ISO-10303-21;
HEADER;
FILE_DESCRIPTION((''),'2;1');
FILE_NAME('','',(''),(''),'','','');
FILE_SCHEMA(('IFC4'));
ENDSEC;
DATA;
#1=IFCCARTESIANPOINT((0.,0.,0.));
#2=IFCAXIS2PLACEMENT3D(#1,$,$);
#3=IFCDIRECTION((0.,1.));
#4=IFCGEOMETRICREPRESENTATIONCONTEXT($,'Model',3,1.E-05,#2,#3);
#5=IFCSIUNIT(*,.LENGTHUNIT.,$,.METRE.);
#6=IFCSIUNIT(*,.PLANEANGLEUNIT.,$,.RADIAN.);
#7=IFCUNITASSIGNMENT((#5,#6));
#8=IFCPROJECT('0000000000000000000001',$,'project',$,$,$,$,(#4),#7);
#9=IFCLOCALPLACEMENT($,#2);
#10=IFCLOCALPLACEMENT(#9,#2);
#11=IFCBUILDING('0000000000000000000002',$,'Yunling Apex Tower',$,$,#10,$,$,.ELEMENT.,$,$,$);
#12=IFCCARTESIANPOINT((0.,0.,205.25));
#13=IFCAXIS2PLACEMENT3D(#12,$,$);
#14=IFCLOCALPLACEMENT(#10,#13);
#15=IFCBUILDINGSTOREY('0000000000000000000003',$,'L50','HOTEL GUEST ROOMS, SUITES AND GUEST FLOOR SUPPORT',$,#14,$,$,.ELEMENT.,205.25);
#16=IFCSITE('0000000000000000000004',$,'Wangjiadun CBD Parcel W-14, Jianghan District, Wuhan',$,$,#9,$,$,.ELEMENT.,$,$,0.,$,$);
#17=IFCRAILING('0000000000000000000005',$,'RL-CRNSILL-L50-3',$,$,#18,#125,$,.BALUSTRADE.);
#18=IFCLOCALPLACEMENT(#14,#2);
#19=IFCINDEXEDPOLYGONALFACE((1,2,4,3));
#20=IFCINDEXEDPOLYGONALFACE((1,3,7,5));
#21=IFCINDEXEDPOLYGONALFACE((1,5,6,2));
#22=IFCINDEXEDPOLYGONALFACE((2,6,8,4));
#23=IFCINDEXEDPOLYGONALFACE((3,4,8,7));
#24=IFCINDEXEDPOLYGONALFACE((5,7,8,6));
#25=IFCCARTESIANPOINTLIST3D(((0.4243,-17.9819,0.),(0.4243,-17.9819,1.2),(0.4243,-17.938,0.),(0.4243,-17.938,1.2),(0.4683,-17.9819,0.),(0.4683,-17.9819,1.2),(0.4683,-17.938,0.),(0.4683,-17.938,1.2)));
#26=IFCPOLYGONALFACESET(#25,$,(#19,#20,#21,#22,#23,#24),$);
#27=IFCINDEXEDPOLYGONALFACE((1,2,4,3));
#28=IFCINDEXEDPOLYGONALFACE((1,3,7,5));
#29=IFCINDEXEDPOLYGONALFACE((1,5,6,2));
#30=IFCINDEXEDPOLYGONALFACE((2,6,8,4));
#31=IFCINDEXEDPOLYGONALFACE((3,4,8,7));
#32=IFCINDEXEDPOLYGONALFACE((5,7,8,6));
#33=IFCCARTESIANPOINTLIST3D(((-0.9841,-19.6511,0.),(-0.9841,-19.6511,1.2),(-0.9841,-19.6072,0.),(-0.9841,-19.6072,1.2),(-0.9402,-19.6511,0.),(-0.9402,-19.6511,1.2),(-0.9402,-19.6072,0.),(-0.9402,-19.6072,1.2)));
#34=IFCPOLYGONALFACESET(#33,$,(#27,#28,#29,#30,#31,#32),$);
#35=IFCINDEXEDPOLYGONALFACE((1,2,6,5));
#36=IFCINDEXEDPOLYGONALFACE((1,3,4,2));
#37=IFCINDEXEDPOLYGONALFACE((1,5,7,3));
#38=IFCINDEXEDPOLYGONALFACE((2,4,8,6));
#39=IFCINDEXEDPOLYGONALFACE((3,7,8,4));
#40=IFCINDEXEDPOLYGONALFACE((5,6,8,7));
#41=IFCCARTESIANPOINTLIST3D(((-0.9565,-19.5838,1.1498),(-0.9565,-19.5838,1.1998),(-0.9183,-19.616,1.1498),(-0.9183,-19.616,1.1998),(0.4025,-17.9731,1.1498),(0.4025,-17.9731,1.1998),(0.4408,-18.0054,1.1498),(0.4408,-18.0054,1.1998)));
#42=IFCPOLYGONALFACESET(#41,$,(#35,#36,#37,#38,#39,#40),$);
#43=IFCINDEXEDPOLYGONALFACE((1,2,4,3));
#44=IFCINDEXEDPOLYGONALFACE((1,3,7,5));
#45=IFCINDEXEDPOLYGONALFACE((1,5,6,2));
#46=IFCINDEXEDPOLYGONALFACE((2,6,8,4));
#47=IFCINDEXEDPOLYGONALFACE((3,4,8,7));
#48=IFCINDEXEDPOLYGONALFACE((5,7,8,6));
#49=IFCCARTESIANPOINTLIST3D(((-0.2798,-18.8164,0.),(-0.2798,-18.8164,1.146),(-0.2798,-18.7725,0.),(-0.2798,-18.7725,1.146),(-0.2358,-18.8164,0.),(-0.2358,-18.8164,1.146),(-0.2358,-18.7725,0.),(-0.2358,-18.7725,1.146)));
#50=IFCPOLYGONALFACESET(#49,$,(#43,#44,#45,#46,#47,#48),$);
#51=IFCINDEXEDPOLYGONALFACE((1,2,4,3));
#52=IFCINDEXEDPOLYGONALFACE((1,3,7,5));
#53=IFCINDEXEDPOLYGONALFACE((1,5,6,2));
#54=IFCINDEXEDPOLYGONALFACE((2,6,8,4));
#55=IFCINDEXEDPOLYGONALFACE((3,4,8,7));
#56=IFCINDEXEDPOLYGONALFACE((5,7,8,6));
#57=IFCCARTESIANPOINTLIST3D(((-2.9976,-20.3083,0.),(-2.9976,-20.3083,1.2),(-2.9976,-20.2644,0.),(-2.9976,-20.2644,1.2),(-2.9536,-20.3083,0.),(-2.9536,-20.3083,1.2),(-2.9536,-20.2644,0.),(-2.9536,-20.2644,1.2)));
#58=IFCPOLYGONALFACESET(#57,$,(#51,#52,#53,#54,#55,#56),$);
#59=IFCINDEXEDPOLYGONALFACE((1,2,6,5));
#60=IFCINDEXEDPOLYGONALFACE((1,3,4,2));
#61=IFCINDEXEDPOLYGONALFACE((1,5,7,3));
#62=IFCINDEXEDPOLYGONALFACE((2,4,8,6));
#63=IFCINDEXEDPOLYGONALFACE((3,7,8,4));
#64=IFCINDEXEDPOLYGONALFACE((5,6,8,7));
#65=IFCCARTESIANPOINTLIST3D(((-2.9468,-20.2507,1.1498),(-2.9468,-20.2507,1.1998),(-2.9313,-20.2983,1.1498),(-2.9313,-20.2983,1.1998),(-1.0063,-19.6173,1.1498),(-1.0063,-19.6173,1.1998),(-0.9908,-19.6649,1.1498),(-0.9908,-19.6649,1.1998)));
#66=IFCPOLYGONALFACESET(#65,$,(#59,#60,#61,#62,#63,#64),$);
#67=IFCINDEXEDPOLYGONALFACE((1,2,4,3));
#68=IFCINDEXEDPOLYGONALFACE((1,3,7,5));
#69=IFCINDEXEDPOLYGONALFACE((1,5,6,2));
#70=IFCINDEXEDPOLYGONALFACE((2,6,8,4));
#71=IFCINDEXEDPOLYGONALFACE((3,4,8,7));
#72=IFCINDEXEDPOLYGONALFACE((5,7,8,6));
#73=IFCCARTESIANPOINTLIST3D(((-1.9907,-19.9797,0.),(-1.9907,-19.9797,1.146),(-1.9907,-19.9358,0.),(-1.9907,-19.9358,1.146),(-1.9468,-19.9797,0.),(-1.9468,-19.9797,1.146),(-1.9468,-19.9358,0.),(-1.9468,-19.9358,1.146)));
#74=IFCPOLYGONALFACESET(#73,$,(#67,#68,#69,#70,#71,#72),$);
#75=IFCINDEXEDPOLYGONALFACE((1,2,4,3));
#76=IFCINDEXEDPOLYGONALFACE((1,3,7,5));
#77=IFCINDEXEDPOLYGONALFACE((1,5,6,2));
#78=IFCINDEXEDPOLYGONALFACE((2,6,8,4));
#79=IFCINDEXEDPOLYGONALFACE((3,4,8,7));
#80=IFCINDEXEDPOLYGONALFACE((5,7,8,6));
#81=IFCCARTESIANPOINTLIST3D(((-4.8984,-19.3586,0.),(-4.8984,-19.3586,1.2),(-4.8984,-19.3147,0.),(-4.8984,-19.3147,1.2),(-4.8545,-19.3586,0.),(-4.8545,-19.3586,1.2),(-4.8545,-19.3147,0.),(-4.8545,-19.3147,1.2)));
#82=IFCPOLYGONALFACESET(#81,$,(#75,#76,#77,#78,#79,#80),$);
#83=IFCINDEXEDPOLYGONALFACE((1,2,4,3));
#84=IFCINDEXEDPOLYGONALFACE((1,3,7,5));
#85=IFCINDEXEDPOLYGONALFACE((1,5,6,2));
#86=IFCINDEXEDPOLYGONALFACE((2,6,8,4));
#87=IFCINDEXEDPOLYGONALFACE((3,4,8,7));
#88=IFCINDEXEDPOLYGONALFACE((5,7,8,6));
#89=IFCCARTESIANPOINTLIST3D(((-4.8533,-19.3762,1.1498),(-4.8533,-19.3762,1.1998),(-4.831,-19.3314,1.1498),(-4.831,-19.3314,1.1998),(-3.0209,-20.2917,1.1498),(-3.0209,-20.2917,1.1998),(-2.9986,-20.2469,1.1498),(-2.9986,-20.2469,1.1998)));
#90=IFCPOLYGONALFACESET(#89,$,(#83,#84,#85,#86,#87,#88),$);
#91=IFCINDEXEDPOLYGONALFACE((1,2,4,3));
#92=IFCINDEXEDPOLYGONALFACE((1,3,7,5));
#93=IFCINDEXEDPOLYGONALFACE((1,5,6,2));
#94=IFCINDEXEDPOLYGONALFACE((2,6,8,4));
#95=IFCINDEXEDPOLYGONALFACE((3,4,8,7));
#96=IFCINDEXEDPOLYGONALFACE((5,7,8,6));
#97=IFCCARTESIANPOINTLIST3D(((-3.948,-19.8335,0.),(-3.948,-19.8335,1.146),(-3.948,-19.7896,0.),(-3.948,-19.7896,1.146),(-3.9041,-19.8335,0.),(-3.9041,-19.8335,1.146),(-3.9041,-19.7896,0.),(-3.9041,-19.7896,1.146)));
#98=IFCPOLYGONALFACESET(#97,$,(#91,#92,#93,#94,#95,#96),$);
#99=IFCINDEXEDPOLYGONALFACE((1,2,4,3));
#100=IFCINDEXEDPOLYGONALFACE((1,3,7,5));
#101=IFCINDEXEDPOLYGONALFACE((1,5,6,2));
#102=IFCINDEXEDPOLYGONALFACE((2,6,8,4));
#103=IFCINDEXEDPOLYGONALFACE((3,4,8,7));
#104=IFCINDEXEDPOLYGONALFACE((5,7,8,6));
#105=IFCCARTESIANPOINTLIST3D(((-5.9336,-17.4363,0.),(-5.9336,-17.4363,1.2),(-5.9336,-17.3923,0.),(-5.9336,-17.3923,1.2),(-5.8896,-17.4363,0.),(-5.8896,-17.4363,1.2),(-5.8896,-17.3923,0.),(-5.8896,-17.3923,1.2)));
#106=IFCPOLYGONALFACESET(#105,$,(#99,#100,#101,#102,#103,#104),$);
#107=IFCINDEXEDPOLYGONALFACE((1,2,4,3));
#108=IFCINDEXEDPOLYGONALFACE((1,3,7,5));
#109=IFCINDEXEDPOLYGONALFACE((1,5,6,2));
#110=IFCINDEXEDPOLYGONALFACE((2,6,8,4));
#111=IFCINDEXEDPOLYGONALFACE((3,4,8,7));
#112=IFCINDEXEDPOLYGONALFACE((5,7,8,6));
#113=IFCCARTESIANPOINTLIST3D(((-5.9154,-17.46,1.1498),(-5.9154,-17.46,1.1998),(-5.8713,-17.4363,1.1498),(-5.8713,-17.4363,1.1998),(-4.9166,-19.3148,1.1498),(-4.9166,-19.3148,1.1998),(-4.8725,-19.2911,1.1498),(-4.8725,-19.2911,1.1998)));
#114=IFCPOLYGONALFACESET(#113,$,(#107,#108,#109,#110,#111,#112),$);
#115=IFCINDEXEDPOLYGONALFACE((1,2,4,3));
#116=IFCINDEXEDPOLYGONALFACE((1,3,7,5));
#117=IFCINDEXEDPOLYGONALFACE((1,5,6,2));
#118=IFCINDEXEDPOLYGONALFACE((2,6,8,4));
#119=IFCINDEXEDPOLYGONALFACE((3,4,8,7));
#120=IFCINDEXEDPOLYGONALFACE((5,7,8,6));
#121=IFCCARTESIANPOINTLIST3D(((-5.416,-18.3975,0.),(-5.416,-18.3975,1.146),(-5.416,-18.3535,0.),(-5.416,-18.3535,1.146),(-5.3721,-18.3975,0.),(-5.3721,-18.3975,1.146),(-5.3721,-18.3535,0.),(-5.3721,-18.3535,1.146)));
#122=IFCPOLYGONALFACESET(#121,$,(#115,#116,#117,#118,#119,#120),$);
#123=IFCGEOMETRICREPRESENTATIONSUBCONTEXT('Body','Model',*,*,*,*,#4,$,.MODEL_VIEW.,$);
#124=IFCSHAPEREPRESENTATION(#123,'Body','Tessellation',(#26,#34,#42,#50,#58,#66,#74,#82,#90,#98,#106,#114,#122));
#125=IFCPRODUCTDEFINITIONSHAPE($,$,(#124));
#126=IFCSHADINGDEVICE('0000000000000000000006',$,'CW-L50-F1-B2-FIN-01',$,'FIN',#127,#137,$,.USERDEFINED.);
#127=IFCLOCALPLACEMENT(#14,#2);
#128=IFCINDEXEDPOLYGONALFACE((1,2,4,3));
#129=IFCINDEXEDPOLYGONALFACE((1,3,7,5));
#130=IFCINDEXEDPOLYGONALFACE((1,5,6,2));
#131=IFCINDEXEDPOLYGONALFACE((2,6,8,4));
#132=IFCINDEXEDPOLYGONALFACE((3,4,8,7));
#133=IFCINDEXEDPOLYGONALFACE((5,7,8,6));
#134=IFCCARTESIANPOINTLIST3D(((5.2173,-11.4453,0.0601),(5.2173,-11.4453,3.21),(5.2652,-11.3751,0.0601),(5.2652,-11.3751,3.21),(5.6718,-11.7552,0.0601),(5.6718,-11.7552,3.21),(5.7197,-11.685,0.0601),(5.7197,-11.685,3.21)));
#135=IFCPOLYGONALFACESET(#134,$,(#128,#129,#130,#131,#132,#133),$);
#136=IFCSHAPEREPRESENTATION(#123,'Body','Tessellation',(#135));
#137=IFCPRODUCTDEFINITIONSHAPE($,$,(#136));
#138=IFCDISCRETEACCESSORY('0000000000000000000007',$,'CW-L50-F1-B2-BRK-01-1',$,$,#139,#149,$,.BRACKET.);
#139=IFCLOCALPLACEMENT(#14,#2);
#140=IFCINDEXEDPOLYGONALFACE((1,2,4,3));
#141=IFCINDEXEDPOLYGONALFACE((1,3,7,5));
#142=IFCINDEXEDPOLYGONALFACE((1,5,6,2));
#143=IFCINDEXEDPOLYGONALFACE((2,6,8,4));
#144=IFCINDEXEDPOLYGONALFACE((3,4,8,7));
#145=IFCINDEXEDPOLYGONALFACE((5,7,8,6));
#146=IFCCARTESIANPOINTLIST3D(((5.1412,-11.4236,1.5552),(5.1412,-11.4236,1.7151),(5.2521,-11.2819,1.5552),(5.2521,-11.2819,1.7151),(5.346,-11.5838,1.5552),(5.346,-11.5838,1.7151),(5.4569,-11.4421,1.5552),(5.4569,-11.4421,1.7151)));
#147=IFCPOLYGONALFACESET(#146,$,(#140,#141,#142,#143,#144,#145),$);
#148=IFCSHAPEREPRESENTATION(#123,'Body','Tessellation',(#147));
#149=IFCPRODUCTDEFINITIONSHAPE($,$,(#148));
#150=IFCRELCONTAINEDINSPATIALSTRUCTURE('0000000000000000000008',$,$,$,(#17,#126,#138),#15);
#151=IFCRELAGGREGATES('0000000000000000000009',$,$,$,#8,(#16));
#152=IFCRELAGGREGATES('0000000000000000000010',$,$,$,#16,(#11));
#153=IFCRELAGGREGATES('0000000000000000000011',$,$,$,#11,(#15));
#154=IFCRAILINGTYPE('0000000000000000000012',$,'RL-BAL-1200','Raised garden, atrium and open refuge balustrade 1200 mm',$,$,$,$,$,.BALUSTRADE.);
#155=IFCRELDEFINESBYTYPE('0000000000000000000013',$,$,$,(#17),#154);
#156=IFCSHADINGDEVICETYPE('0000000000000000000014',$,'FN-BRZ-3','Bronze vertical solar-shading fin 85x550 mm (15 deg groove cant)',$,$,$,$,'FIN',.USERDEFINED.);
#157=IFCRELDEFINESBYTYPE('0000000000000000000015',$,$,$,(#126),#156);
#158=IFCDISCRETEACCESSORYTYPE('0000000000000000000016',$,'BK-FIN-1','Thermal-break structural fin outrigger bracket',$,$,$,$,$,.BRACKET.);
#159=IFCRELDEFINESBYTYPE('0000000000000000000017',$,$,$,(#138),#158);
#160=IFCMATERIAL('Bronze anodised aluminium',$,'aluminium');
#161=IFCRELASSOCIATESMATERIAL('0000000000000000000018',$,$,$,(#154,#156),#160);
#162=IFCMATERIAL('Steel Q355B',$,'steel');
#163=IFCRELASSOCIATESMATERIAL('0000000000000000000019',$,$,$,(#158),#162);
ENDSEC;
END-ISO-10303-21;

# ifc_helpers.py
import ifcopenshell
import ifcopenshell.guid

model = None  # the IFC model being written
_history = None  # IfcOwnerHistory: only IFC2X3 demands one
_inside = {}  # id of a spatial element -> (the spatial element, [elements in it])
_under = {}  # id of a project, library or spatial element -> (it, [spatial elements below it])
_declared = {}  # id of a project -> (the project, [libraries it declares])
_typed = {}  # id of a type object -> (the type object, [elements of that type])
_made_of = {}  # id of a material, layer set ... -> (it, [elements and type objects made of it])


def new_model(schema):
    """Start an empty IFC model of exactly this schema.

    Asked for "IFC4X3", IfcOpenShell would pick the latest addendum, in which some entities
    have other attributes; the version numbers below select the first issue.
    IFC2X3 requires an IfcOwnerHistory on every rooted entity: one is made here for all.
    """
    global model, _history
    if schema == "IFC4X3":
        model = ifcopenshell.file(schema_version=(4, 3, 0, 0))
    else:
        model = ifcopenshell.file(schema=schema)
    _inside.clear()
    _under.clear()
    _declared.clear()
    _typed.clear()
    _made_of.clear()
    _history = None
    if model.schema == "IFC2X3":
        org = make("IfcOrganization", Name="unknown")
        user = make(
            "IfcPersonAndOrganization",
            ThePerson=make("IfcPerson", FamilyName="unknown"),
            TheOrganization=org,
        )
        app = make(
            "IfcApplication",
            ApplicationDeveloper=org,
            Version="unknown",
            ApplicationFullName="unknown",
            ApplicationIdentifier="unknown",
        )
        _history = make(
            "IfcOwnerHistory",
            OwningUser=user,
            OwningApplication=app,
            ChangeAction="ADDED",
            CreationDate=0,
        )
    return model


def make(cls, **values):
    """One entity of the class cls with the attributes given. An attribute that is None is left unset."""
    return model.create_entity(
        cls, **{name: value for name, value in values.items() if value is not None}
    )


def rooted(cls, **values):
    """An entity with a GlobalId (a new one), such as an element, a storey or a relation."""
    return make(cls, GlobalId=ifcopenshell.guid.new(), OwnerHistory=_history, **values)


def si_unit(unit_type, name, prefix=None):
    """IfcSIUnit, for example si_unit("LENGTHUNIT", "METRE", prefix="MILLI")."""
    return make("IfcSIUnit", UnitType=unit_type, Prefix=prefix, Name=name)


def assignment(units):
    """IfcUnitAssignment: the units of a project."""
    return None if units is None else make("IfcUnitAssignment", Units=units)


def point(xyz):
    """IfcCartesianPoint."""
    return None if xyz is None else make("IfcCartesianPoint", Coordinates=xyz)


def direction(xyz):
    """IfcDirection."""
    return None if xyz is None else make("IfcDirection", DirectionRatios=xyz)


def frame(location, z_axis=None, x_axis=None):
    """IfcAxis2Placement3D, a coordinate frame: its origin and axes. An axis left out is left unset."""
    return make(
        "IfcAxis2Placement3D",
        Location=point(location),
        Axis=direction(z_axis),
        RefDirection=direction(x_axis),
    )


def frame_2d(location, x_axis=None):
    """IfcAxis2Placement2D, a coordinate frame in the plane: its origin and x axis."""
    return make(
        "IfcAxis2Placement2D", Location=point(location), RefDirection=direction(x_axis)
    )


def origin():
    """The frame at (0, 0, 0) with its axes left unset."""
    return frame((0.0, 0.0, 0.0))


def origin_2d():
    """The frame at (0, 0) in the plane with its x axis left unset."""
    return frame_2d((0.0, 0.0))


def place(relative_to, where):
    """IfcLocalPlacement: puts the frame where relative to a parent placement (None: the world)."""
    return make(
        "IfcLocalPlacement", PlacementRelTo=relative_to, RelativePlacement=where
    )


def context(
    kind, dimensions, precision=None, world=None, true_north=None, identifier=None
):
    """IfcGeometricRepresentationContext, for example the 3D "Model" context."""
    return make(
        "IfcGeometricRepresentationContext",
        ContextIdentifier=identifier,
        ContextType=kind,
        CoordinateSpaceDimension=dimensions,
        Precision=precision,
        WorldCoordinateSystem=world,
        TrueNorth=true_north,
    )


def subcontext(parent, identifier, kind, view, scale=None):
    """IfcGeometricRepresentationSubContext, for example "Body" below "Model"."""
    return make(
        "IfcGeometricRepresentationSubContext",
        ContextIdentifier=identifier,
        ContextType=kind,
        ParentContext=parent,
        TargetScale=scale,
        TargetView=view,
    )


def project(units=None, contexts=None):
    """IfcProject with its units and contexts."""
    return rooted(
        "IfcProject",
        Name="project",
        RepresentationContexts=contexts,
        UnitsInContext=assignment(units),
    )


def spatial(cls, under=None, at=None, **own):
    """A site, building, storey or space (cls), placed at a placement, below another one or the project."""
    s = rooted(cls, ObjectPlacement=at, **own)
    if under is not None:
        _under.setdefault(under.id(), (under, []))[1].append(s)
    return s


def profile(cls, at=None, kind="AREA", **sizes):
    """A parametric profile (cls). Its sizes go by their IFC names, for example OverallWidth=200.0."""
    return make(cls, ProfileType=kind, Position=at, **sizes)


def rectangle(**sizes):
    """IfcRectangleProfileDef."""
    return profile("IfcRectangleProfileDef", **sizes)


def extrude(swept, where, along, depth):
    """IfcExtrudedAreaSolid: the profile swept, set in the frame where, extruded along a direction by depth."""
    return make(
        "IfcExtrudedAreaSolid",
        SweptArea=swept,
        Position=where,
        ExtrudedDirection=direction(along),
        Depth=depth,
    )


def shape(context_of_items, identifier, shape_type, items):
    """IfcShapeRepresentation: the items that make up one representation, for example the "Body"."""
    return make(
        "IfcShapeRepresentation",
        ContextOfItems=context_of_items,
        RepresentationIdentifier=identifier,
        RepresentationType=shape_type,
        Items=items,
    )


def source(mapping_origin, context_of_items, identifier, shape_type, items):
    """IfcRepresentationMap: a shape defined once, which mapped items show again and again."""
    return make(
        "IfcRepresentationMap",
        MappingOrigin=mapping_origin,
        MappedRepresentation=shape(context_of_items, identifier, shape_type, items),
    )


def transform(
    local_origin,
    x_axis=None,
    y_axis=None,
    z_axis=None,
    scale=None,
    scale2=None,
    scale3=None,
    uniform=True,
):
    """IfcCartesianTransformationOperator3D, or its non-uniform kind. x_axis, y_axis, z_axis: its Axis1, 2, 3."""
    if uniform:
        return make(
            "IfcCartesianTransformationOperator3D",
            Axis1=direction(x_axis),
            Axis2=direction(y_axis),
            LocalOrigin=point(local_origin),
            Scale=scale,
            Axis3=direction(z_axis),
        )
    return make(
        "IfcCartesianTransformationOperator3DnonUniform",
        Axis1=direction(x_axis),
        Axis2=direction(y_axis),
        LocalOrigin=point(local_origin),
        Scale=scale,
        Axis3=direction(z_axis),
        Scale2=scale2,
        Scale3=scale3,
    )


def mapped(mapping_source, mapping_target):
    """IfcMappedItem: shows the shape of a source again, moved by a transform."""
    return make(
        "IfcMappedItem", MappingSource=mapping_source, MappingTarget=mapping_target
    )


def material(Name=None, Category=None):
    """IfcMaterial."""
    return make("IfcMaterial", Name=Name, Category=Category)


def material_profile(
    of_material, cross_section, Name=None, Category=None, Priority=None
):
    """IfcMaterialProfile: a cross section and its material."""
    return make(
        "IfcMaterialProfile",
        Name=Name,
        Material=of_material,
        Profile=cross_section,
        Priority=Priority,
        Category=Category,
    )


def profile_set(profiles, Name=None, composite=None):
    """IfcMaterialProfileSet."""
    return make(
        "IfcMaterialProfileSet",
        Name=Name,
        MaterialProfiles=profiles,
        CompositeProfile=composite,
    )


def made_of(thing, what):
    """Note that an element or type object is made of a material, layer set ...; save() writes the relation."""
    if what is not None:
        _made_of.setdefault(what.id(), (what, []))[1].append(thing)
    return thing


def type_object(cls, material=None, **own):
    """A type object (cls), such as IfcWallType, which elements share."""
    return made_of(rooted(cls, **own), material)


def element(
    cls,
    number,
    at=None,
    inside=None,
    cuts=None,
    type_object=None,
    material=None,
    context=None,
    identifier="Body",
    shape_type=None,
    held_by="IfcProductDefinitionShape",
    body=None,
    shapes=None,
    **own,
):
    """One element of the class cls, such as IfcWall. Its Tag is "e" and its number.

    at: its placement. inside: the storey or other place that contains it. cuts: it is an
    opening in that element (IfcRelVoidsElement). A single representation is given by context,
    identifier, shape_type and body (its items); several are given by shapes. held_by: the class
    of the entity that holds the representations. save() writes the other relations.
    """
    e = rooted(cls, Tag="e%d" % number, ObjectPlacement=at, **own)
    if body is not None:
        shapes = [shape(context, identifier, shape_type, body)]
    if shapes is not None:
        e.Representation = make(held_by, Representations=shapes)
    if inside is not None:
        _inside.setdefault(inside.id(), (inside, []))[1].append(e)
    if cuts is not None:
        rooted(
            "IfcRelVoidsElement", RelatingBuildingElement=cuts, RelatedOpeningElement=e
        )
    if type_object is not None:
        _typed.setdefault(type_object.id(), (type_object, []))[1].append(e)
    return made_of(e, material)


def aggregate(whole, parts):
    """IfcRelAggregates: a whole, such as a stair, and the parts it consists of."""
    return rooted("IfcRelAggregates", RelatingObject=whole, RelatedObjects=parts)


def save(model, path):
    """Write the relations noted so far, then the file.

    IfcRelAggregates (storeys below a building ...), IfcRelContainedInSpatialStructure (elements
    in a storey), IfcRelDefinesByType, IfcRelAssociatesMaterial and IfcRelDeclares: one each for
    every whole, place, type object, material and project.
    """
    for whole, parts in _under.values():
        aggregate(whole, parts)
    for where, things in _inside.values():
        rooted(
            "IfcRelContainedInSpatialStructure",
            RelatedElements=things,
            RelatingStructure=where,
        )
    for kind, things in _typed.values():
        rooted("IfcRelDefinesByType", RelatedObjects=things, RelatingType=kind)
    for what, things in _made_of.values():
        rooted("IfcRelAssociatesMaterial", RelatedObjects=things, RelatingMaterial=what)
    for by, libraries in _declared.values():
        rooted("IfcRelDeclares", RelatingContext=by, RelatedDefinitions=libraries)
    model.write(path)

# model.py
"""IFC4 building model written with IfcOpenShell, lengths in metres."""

from ifc_helpers import new_model, si_unit, direction, frame, origin, origin_2d, place, context, subcontext, project, spatial, rectangle, extrude, source, transform, mapped, material, material_profile, profile_set, type_object, element, save


model = new_model("IFC4")

# Units and contexts
model_context = context("Model", 3, precision=1e-05, world=origin(), true_north=direction((0.0, 1.0)))
body_context = subcontext(model_context, "Body", "Model", "MODEL_VIEW")
ifc_project = project(units=[si_unit("LENGTHUNIT", "METRE"), si_unit("PLANEANGLEUNIT", "RADIAN")], contexts=[model_context])

# Site, building, storey
site_placement = place(None, origin())
site = spatial("IfcSite", under=ifc_project, at=site_placement, Name="Wangjiadun CBD Parcel W-14, Jianghan District, Wuhan", CompositionType="ELEMENT", RefElevation=0.0)
building_placement = place(site_placement, origin())
building = spatial("IfcBuilding", under=site, at=building_placement, Name="Yunling Apex Tower", CompositionType="ELEMENT")
storey_placement = place(building_placement, frame((0.0, 0.0, 205.25)))
storey = spatial("IfcBuildingStorey", under=building, at=storey_placement, Name="L50", Description="HOTEL GUEST ROOMS, SUITES AND GUEST FLOOR SUPPORT", CompositionType="ELEMENT", Elevation=205.25)

# Shared definitions
ifc_material_1 = material(Name="Steel Q355B", Category="steel")

# Shared definitions
ifc_material_2 = material(Name="Bronze anodised aluminium", Category="aluminium")

# Railing
railing_type = type_object("IfcRailingType", Name="RL-BAL-1200", Description="Raised garden, atrium and open refuge balustrade 1200 mm", PredefinedType="BALUSTRADE", material=ifc_material_2)
railing_placement = place(storey_placement, frame((0.4463, -17.96, 0.0)))
element("IfcRailing", 1, at=railing_placement, inside=storey, type_object=railing_type, Name="RL-CRNSILL-L50-3", PredefinedType="BALUSTRADE", context=body_context, shape_type="SweptSolid", body=[
    extrude(rectangle(XDim=0.0439, YDim=0.0439, at=origin_2d()), origin(), (0.0, 0.0, 1.0), 1.2),
    extrude(rectangle(XDim=0.0439, YDim=0.0439, at=origin_2d()), frame((-1.4084, -1.6692, 0.0)), (0.0, 0.0, 1.0), 1.2),
    extrude(rectangle(XDim=0.05, YDim=0.05, at=origin_2d()), frame((-0.0247, -0.0293, 1.1748), z_axis=(-0.644889, -0.764276, 0.0), x_axis=(0.764276, -0.644889, 0.0)), (0.0, 0.0, 1.0), 2.1074),
    extrude(rectangle(XDim=0.0439, YDim=0.0439, at=origin_2d()), frame((-0.7041, -0.8345, 0.0)), (0.0, 0.0, 1.0), 1.146),
    extrude(rectangle(XDim=0.0439, YDim=0.0439, at=origin_2d()), frame((-3.4219, -2.3264, 0.0)), (0.0, 0.0, 1.0), 1.2),
    extrude(rectangle(XDim=0.05, YDim=0.05, at=origin_2d()), frame((-1.4448, -1.6812, 1.1748), z_axis=(-0.950636, -0.310308, 0.0), x_axis=(0.310308, -0.950636, 0.0)), (0.0, 0.0, 1.0), 2.0413),
    extrude(rectangle(XDim=0.0439, YDim=0.0439, at=origin_2d()), frame((-2.415, -1.9978, 0.0)), (0.0, 0.0, 1.0), 1.146),
    extrude(rectangle(XDim=0.0439, YDim=0.0439, at=origin_2d()), frame((-5.3228, -1.3767, 0.0)), (0.0, 0.0, 1.0), 1.2),
    extrude(rectangle(XDim=0.05, YDim=0.05, at=origin_2d()), frame((-3.4561, -2.3093, 1.1748), z_axis=(-0.894565, 0.446938, 0.0), x_axis=(-0.446938, -0.894565, 0.0)), (0.0, 0.0, 1.0), 2.0483),
    extrude(rectangle(XDim=0.0439, YDim=0.0439, at=origin_2d()), frame((-4.3723, -1.8516, 0.0)), (0.0, 0.0, 1.0), 1.146),
    extrude(rectangle(XDim=0.0439, YDim=0.0439, at=origin_2d()), frame((-6.3579, 0.5457, 0.0)), (0.0, 0.0, 1.0), 1.2),
    extrude(rectangle(XDim=0.05, YDim=0.05, at=origin_2d()), frame((-5.3408, -1.343, 1.1748), z_axis=(-0.474113, 0.880464, 0.0), x_axis=(-0.880464, -0.474113, 0.0)), (0.0, 0.0, 1.0), 2.1067),
    extrude(rectangle(XDim=0.0439, YDim=0.0439, at=origin_2d()), frame((-5.8403, -0.4155, 0.0)), (0.0, 0.0, 1.0), 1.146),
])

# Shading device
ifc_material_profile_1 = material_profile(ifc_material_2, rectangle(XDim=0.085, YDim=0.55, at=origin_2d()))
ifc_profile_set_1 = profile_set([ifc_material_profile_1], Name="Bronze anodised aluminium")
shading_device_type = type_object("IfcShadingDeviceType", Name="FN-BRZ-3", Description="Bronze vertical solar-shading fin 85x550 mm (15 deg groove cant)", ElementType="FIN", PredefinedType="USERDEFINED", material=ifc_profile_set_1)
shared_shape_1 = source(origin(), body_context, "Body", "SweptSolid", [
    extrude(rectangle(XDim=0.085, YDim=0.55, at=origin_2d()), origin(), (0.0, 0.0, 1.0), 3.1499),
])
shading_device_placement = place(storey_placement, frame((5.4685, -11.5652, 0.0601), z_axis=(0.0, 0.0, 1.0), x_axis=(0.563382, 0.826197, 0.0)))
element("IfcShadingDevice", 2, at=shading_device_placement, inside=storey, type_object=shading_device_type, Name="CW-L50-F1-B2-FIN-01", ObjectType="FIN", PredefinedType="USERDEFINED", context=body_context, shape_type="MappedRepresentation", body=[
    mapped(shared_shape_1, transform((0.0, 0.0, 0.0), scale=1.0)),
])

# Discrete accessory
discrete_accessory_type = type_object("IfcDiscreteAccessoryType", Name="BK-FIN-1", Description="Thermal-break structural fin outrigger bracket", PredefinedType="BRACKET", material=ifc_material_1)
shared_shape_2 = source(origin(), body_context, "Body", "SweptSolid", [
    extrude(rectangle(XDim=0.1799, YDim=0.26, at=origin_2d()), origin(), (0.0, 0.0, 1.0), 0.1599),
])
discrete_accessory_placement = place(storey_placement, frame((5.2991, -11.4329, 1.5552), z_axis=(0.0, 0.0, 1.0), x_axis=(0.616211, 0.787581, 0.0)))
element("IfcDiscreteAccessory", 3, at=discrete_accessory_placement, inside=storey, type_object=discrete_accessory_type, Name="CW-L50-F1-B2-BRK-01-1", PredefinedType="BRACKET", context=body_context, shape_type="MappedRepresentation", body=[
    mapped(shared_shape_2, transform((0.0, 0.0, 0.0), scale=1.0)),
])

save(model, "model.ifc")
